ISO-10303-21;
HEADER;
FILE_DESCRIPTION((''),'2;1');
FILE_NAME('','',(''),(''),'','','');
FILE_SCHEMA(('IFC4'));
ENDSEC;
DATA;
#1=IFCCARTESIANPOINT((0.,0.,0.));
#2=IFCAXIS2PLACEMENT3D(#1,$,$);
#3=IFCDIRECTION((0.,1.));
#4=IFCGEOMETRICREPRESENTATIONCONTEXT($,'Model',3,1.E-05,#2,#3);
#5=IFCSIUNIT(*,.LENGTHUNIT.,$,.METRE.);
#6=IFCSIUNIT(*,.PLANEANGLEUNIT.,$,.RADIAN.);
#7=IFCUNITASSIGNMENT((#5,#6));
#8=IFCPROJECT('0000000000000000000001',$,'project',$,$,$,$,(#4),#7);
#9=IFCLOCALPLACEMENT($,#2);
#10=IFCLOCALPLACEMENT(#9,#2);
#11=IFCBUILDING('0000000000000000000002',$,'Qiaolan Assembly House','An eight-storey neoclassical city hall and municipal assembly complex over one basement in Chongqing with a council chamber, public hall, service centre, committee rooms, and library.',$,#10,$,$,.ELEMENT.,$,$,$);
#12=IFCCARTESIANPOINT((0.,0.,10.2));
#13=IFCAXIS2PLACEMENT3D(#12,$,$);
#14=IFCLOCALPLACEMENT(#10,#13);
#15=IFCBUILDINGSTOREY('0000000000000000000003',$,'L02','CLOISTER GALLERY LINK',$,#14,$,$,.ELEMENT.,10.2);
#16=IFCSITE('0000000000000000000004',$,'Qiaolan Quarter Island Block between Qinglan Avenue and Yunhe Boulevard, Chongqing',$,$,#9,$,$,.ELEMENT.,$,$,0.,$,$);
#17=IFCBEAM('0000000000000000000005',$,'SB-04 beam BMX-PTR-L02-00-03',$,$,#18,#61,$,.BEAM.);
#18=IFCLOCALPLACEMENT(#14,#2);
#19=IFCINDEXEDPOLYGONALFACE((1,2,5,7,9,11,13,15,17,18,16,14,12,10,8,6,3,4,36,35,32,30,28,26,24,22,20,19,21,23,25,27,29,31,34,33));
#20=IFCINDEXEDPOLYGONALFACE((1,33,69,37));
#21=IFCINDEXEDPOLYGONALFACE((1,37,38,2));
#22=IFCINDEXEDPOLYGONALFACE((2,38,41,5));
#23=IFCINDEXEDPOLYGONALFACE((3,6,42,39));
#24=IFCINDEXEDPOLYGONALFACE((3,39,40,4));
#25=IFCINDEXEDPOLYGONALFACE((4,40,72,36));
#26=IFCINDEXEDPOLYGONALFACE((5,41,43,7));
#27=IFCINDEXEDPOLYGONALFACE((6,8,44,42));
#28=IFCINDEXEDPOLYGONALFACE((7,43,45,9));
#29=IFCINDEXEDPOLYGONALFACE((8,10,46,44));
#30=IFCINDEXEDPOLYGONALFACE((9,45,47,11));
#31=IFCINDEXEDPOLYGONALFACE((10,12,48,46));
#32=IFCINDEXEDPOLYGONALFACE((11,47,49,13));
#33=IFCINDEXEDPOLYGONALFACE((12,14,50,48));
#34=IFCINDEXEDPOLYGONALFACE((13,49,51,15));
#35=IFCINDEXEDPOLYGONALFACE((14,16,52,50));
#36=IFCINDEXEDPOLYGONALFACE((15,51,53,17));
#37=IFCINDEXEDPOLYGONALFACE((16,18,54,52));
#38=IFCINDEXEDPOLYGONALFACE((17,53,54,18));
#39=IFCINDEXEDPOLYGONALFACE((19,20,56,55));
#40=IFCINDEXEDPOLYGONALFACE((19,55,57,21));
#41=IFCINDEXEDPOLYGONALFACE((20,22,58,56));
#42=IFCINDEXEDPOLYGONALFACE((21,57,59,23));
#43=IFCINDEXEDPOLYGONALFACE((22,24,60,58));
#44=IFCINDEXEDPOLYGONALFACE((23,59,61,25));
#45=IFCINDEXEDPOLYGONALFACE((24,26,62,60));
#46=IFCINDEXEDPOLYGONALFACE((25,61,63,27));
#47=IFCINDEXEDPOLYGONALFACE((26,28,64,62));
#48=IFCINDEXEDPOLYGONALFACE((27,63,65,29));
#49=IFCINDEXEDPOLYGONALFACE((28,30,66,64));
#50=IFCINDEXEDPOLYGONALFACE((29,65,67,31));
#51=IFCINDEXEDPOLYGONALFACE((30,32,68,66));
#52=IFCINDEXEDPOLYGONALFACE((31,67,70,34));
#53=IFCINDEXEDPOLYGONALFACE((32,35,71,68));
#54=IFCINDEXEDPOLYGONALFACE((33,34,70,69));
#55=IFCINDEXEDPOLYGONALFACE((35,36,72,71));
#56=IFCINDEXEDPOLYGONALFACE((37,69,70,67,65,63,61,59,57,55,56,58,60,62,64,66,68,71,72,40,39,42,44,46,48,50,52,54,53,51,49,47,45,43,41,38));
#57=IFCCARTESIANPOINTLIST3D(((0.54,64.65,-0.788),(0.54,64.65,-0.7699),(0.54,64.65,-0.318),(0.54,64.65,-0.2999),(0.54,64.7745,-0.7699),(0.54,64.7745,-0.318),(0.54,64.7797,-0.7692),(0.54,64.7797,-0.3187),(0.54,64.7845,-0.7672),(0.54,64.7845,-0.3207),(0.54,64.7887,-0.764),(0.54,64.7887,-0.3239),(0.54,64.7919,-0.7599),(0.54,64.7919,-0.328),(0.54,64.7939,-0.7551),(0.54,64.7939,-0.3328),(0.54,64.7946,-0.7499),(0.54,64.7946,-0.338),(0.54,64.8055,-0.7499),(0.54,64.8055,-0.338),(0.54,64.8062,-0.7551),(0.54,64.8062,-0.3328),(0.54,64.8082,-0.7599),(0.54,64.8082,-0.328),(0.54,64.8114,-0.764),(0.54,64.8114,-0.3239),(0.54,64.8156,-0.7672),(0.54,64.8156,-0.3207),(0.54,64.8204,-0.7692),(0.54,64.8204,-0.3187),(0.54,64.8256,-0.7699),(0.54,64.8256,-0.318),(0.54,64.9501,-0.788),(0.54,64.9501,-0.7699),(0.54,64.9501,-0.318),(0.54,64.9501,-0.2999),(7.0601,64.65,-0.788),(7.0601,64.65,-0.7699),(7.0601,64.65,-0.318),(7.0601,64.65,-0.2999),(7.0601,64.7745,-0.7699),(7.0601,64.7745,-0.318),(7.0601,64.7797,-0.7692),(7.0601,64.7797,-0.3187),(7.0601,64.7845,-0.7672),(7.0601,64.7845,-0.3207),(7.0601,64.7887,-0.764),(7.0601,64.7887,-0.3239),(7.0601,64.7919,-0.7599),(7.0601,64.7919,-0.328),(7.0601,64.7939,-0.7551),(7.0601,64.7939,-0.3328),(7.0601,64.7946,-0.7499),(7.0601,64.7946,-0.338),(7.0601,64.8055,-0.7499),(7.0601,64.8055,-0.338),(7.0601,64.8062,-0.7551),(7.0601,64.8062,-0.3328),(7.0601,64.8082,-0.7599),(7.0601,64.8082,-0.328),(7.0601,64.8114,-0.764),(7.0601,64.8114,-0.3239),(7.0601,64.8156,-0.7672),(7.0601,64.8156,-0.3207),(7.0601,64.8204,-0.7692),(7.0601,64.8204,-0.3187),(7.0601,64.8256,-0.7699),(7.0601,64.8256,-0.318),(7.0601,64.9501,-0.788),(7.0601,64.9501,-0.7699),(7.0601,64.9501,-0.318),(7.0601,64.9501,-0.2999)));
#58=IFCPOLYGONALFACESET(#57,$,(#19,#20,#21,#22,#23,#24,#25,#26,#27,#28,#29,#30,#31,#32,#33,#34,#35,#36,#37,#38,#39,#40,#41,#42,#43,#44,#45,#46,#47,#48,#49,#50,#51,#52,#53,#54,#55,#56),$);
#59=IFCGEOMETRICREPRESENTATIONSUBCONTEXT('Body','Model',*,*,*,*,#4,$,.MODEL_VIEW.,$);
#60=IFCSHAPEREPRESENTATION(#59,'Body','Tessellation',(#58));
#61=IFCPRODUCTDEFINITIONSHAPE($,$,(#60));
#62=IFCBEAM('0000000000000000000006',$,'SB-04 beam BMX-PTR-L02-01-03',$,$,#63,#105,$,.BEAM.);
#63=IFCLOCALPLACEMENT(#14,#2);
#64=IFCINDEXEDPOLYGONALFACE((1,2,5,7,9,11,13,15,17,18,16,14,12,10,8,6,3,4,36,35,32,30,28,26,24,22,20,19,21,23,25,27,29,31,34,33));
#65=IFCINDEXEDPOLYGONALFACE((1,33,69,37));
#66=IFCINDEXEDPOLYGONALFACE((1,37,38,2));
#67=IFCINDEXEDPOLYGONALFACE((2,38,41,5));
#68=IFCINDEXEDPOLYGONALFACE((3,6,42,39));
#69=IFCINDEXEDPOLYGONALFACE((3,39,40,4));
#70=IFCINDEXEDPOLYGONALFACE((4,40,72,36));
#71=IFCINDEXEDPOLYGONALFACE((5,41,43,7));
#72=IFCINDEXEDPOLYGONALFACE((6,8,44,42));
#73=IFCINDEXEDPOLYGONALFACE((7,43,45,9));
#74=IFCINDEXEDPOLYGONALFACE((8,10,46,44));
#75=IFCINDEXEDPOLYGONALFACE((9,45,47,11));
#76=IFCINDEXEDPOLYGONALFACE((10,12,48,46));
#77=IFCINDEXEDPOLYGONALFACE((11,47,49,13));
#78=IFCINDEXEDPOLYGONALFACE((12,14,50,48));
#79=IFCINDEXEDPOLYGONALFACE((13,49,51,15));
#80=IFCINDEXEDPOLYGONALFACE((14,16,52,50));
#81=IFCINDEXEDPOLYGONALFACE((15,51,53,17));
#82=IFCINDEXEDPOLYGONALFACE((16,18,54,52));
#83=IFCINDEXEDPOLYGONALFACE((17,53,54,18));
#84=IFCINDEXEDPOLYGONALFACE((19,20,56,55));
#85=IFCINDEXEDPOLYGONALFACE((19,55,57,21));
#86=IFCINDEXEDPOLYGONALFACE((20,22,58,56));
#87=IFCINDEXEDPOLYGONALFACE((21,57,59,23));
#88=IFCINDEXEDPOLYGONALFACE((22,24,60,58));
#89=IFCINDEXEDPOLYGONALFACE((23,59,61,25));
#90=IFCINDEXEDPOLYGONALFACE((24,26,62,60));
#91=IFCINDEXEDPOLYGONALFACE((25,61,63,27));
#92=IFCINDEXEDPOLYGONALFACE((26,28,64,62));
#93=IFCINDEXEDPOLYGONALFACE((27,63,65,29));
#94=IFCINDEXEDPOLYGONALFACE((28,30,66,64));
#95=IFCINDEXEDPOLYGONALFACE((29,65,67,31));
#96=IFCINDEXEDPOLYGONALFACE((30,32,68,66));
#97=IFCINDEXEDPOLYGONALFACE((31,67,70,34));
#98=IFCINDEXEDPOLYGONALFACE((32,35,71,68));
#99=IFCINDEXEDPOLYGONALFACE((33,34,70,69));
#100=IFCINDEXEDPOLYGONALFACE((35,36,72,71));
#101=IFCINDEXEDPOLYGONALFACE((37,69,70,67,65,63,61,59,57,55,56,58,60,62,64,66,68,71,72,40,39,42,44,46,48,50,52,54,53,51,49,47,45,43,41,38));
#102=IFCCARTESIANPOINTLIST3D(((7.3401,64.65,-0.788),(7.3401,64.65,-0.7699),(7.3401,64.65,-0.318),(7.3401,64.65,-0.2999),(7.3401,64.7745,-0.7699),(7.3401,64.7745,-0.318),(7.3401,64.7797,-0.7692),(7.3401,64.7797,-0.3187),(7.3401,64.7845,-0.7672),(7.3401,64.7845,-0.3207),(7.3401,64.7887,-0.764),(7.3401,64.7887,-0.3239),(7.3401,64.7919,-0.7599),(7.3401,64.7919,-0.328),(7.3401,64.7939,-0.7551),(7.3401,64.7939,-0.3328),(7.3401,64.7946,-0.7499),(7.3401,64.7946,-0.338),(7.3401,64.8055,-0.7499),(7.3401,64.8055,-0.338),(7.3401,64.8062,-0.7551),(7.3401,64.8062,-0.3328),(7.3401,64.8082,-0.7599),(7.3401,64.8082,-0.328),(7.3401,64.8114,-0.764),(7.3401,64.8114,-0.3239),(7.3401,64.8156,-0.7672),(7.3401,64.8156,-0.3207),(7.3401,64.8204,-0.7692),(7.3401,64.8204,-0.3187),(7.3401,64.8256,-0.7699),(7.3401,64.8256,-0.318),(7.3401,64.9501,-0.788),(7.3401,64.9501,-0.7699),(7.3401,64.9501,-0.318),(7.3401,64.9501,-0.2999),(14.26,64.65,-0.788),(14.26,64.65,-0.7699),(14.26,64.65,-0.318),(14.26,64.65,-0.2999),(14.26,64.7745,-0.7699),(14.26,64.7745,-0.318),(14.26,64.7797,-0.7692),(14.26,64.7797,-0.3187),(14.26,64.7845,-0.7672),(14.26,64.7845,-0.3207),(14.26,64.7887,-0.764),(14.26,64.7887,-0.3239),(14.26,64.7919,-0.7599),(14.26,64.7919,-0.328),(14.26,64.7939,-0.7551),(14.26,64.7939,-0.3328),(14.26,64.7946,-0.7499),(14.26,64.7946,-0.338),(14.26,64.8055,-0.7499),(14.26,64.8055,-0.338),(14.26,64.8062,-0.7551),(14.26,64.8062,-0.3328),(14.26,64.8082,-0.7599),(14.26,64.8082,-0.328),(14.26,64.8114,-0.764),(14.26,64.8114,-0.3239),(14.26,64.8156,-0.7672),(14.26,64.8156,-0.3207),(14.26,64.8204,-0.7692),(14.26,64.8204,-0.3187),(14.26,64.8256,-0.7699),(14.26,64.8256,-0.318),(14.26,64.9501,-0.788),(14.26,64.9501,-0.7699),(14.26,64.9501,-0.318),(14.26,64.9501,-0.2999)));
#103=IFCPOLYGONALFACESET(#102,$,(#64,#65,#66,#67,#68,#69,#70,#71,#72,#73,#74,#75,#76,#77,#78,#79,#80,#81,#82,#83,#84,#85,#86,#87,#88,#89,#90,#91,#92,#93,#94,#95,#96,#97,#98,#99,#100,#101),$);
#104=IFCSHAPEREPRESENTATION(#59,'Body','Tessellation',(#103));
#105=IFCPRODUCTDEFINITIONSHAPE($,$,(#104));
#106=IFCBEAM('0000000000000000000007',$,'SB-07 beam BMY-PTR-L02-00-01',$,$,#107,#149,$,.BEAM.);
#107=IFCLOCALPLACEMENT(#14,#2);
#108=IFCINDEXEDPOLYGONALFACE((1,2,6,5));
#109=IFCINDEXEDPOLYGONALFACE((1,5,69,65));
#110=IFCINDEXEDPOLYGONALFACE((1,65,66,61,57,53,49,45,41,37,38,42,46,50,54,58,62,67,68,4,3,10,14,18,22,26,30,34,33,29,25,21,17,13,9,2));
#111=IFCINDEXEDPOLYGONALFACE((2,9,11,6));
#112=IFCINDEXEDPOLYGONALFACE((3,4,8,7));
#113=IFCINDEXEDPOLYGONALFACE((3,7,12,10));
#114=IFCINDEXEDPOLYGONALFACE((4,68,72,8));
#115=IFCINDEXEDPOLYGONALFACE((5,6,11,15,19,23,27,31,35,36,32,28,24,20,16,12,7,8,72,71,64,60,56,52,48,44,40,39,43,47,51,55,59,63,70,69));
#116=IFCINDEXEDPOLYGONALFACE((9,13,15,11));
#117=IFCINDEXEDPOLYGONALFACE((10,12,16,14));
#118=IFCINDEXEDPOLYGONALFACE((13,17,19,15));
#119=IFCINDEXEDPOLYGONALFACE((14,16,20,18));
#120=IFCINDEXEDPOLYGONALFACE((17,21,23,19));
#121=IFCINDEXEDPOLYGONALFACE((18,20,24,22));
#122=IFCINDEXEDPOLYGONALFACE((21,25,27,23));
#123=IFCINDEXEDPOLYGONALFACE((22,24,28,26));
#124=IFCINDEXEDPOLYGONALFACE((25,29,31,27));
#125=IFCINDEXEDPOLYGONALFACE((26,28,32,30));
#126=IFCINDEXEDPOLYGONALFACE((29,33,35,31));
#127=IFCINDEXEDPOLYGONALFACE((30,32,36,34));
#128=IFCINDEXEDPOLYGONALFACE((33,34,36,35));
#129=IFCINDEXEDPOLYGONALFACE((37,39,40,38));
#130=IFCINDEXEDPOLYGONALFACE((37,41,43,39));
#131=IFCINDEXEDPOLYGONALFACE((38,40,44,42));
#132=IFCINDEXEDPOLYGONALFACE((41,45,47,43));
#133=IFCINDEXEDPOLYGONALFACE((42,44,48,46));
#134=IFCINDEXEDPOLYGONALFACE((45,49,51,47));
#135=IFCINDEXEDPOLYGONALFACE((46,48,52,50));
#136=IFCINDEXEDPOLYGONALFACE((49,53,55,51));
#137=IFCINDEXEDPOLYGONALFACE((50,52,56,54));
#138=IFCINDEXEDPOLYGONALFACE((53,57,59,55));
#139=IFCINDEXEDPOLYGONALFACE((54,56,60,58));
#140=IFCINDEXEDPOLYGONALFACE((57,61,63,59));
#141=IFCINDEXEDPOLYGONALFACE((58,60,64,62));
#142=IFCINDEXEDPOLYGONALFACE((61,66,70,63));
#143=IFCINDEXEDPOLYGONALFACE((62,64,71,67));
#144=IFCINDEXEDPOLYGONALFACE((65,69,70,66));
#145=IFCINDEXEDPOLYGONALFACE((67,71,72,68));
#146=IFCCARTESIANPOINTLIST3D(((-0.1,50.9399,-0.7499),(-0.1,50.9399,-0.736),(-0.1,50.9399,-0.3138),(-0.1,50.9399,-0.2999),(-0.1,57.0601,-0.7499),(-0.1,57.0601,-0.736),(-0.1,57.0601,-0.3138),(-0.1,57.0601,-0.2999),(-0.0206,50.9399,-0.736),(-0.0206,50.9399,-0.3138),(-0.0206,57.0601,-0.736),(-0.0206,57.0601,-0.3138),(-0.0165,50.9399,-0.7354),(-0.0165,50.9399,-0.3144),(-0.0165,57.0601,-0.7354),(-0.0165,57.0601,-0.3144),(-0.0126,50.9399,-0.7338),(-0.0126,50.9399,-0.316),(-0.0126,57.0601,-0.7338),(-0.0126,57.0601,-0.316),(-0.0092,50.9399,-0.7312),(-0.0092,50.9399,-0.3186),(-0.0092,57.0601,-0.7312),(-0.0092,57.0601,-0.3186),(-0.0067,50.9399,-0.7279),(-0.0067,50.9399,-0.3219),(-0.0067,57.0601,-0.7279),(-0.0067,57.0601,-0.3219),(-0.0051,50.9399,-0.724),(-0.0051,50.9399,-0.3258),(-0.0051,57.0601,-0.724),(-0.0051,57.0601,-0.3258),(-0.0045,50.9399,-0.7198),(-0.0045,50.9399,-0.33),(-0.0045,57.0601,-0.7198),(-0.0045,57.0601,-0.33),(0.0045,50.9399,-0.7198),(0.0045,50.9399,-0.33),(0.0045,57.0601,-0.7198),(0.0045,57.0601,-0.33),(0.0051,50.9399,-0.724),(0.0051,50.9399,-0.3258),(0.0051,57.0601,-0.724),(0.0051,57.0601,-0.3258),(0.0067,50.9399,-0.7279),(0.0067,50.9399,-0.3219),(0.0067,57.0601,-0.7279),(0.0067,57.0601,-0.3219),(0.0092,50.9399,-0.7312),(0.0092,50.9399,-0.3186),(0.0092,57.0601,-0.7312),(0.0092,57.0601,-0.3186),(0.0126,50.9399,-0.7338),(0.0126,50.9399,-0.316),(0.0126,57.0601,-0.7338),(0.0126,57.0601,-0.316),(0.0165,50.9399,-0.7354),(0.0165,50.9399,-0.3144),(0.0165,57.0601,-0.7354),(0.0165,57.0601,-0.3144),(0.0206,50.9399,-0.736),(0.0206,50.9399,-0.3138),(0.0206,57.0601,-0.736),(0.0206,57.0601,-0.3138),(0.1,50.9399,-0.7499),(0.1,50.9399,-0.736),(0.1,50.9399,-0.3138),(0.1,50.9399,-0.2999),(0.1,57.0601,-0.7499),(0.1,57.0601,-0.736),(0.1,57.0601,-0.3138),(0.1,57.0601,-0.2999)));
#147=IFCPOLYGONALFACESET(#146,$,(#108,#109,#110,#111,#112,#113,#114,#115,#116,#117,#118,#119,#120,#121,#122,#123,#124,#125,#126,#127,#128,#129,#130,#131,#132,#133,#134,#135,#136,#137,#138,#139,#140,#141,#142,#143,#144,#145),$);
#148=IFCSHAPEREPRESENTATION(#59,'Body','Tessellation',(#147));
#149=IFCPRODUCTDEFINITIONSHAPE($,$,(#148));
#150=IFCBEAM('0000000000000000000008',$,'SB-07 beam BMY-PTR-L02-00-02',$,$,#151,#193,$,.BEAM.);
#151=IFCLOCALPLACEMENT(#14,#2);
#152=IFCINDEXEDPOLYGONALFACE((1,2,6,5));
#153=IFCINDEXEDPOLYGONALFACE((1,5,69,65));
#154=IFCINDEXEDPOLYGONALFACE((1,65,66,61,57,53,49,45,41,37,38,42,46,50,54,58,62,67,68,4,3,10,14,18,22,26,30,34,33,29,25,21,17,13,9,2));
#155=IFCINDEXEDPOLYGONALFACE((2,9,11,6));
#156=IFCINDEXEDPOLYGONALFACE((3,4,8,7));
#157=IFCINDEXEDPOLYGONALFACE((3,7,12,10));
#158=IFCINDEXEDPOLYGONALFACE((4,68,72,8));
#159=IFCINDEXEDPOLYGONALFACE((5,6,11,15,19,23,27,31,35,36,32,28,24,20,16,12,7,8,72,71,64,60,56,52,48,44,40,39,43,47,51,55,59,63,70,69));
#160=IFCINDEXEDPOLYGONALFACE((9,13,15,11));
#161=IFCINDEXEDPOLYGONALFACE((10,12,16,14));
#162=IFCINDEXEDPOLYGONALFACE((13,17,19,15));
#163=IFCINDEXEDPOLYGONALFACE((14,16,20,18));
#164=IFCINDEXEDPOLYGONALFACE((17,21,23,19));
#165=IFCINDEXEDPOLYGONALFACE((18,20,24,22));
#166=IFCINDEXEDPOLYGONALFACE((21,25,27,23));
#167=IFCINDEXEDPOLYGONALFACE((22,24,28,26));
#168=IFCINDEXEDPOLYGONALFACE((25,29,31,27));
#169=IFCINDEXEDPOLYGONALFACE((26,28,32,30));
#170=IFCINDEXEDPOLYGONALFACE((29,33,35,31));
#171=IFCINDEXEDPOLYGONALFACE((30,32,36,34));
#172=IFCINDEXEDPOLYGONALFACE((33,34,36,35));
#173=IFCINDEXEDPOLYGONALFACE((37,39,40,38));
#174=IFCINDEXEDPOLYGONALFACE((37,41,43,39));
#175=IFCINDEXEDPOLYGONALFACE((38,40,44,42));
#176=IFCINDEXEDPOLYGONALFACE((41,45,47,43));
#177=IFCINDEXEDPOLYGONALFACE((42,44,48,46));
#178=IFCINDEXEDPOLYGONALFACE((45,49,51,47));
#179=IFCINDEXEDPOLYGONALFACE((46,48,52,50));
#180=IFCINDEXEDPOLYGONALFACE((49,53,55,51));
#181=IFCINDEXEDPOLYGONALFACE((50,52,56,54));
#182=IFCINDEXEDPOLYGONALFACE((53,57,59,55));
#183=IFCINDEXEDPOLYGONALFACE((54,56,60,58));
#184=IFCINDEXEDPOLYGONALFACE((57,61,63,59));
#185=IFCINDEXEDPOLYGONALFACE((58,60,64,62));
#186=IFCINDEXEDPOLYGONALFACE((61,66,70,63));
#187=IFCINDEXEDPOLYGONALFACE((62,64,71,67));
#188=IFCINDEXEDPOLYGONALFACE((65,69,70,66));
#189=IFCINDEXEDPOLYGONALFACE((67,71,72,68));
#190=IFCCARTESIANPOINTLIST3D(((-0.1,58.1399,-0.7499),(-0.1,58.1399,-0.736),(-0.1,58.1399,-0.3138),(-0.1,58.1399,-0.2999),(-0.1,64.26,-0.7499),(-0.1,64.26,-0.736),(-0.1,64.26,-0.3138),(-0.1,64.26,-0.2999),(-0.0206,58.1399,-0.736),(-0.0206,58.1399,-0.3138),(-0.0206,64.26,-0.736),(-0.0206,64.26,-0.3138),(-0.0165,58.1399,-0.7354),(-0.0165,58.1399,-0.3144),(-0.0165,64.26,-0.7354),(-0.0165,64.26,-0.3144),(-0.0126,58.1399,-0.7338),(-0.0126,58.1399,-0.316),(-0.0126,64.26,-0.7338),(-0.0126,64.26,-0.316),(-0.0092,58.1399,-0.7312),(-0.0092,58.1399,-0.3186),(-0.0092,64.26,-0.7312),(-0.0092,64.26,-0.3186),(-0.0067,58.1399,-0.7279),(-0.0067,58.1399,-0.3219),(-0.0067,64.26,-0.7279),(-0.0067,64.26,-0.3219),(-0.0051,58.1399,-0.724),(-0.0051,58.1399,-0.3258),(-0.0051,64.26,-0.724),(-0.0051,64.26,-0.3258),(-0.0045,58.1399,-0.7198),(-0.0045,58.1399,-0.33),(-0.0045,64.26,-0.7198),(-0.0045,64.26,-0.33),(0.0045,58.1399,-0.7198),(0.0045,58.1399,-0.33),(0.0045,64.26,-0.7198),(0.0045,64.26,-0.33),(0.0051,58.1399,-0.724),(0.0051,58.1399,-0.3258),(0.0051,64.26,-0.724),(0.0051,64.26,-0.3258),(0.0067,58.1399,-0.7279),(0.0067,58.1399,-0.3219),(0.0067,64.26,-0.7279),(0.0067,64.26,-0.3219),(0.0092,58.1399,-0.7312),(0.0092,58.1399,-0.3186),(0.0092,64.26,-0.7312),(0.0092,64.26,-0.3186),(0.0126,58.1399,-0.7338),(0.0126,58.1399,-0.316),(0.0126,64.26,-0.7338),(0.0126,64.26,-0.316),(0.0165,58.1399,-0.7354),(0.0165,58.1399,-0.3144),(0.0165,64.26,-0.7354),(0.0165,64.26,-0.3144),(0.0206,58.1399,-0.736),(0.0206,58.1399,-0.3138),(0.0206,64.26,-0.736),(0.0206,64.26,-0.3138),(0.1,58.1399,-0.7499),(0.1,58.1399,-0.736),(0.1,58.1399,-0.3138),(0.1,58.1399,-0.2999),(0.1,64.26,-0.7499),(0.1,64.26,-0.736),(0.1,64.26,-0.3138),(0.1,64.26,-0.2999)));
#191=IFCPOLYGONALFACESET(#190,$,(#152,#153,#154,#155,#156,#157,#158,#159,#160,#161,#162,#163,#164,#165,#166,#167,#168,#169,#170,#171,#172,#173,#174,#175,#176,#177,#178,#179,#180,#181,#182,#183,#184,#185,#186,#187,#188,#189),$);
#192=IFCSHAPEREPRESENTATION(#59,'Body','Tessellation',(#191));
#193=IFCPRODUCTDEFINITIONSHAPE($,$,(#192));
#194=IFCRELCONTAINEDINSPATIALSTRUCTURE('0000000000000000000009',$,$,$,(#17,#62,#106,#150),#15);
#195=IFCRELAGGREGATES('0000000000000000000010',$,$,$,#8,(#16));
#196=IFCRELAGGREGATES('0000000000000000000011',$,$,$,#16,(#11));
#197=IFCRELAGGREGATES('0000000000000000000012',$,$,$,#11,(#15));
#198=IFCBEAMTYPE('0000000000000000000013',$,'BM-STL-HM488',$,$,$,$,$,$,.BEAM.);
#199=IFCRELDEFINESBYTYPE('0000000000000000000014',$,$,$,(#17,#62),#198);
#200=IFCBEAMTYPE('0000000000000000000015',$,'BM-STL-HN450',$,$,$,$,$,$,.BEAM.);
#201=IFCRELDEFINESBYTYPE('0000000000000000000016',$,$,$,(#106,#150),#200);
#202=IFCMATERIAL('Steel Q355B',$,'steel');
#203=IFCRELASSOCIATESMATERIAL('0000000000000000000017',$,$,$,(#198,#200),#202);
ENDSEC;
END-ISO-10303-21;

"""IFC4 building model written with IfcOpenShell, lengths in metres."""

from ifc_helpers import new_model, si_unit, direction, frame, origin, origin_2d, place, context, subcontext, project, spatial, i_section, extrude, material, material_profile, profile_set, type_object, element, save


model = new_model("IFC4")

# Units and contexts
model_context = context("Model", 3, precision=1e-05, world=origin(), true_north=direction((0.0, 1.0)))
body_context = subcontext(model_context, "Body", "Model", "MODEL_VIEW")
ifc_project = project(units=[si_unit("LENGTHUNIT", "METRE"), si_unit("PLANEANGLEUNIT", "RADIAN")], contexts=[model_context])

# Site, building, storey
site_placement = place(None, origin())
site = spatial("IfcSite", under=ifc_project, at=site_placement, Name="Qiaolan Quarter Island Block between Qinglan Avenue and Yunhe Boulevard, Chongqing", CompositionType="ELEMENT", RefElevation=0.0)
building_placement = place(site_placement, origin())
building = spatial("IfcBuilding", under=site, at=building_placement, Name="Qiaolan Assembly House", Description="An eight-storey neoclassical city hall and municipal assembly complex over one basement in Chongqing with a council chamber, public hall, service centre, committee rooms, and library.", CompositionType="ELEMENT")
storey_placement = place(building_placement, frame((0.0, 0.0, 10.2)))
storey = spatial("IfcBuildingStorey", under=building, at=storey_placement, Name="L02", Description="CLOISTER GALLERY LINK", CompositionType="ELEMENT", Elevation=10.2)

# Beams
ifc_material = material(Name="Steel Q355B", Category="steel")
ifc_material_profile_1 = material_profile(ifc_material, i_section(OverallWidth=0.3, OverallDepth=0.488, WebThickness=0.011, FlangeThickness=0.0181, FilletRadius=0.02, at=origin_2d()), Name="HM 488x300x11x18")
ifc_profile_set_1 = profile_set([ifc_material_profile_1], Name="Steel Q355B")
beam_type_1 = type_object("IfcBeamType", Name="BM-STL-HM488", PredefinedType="BEAM", material=ifc_profile_set_1)
beam_1_placement = place(storey_placement, frame((0.54, 64.8, -0.5439), z_axis=(1.0, 0.0, 0.0), x_axis=(0.0, 1.0, 0.0)))
element("IfcBeam", 1, at=beam_1_placement, inside=storey, type_object=beam_type_1, Name="SB-04 beam BMX-PTR-L02-00-03", PredefinedType="BEAM", context=body_context, shape_type="SweptSolid", body=[
    extrude(i_section(OverallWidth=0.3, OverallDepth=0.488, WebThickness=0.011, FlangeThickness=0.0181, FilletRadius=0.02, at=origin_2d()), origin(), (0.0, 0.0, 1.0), 6.52),
])
beam_2_placement = place(storey_placement, frame((7.3401, 64.8, -0.5439), z_axis=(1.0, 0.0, 0.0), x_axis=(0.0, 1.0, 0.0)))
element("IfcBeam", 2, at=beam_2_placement, inside=storey, type_object=beam_type_1, Name="SB-04 beam BMX-PTR-L02-01-03", PredefinedType="BEAM", context=body_context, shape_type="SweptSolid", body=[
    extrude(i_section(OverallWidth=0.3, OverallDepth=0.488, WebThickness=0.011, FlangeThickness=0.0181, FilletRadius=0.02, at=origin_2d()), origin(), (0.0, 0.0, 1.0), 6.9199),
])
ifc_material_profile_2 = material_profile(ifc_material, i_section(OverallWidth=0.2, OverallDepth=0.45, WebThickness=0.009, FlangeThickness=0.0139, FilletRadius=0.0161, at=origin_2d()), Name="HN 450x200x9x14")
ifc_profile_set_2 = profile_set([ifc_material_profile_2], Name="Steel Q355B")
beam_type_2 = type_object("IfcBeamType", Name="BM-STL-HN450", PredefinedType="BEAM", material=ifc_profile_set_2)
for number, where, z_axis, x_axis, name in (
    (3, (0.0, 50.9399, -0.5249), (0.0, 1.0, 0.0), (-1.0, 0.0, 0.0), "SB-07 beam BMY-PTR-L02-00-01"),
    (4, (0.0, 58.1399, -0.5249), (0.0, 1.0, 0.0), (-1.0, 0.0, 0.0), "SB-07 beam BMY-PTR-L02-00-02"),
):
    element("IfcBeam", number, at=place(storey_placement, frame(where, z_axis=z_axis, x_axis=x_axis)), inside=storey, type_object=beam_type_2, Name=name, PredefinedType="BEAM", context=body_context, shape_type="SweptSolid", body=[
        extrude(i_section(OverallWidth=0.2, OverallDepth=0.45, WebThickness=0.009, FlangeThickness=0.0139, FilletRadius=0.0161, at=origin_2d()), origin(), (0.0, 0.0, 1.0), 6.1201),
    ])

save(model, "model.ifc")
